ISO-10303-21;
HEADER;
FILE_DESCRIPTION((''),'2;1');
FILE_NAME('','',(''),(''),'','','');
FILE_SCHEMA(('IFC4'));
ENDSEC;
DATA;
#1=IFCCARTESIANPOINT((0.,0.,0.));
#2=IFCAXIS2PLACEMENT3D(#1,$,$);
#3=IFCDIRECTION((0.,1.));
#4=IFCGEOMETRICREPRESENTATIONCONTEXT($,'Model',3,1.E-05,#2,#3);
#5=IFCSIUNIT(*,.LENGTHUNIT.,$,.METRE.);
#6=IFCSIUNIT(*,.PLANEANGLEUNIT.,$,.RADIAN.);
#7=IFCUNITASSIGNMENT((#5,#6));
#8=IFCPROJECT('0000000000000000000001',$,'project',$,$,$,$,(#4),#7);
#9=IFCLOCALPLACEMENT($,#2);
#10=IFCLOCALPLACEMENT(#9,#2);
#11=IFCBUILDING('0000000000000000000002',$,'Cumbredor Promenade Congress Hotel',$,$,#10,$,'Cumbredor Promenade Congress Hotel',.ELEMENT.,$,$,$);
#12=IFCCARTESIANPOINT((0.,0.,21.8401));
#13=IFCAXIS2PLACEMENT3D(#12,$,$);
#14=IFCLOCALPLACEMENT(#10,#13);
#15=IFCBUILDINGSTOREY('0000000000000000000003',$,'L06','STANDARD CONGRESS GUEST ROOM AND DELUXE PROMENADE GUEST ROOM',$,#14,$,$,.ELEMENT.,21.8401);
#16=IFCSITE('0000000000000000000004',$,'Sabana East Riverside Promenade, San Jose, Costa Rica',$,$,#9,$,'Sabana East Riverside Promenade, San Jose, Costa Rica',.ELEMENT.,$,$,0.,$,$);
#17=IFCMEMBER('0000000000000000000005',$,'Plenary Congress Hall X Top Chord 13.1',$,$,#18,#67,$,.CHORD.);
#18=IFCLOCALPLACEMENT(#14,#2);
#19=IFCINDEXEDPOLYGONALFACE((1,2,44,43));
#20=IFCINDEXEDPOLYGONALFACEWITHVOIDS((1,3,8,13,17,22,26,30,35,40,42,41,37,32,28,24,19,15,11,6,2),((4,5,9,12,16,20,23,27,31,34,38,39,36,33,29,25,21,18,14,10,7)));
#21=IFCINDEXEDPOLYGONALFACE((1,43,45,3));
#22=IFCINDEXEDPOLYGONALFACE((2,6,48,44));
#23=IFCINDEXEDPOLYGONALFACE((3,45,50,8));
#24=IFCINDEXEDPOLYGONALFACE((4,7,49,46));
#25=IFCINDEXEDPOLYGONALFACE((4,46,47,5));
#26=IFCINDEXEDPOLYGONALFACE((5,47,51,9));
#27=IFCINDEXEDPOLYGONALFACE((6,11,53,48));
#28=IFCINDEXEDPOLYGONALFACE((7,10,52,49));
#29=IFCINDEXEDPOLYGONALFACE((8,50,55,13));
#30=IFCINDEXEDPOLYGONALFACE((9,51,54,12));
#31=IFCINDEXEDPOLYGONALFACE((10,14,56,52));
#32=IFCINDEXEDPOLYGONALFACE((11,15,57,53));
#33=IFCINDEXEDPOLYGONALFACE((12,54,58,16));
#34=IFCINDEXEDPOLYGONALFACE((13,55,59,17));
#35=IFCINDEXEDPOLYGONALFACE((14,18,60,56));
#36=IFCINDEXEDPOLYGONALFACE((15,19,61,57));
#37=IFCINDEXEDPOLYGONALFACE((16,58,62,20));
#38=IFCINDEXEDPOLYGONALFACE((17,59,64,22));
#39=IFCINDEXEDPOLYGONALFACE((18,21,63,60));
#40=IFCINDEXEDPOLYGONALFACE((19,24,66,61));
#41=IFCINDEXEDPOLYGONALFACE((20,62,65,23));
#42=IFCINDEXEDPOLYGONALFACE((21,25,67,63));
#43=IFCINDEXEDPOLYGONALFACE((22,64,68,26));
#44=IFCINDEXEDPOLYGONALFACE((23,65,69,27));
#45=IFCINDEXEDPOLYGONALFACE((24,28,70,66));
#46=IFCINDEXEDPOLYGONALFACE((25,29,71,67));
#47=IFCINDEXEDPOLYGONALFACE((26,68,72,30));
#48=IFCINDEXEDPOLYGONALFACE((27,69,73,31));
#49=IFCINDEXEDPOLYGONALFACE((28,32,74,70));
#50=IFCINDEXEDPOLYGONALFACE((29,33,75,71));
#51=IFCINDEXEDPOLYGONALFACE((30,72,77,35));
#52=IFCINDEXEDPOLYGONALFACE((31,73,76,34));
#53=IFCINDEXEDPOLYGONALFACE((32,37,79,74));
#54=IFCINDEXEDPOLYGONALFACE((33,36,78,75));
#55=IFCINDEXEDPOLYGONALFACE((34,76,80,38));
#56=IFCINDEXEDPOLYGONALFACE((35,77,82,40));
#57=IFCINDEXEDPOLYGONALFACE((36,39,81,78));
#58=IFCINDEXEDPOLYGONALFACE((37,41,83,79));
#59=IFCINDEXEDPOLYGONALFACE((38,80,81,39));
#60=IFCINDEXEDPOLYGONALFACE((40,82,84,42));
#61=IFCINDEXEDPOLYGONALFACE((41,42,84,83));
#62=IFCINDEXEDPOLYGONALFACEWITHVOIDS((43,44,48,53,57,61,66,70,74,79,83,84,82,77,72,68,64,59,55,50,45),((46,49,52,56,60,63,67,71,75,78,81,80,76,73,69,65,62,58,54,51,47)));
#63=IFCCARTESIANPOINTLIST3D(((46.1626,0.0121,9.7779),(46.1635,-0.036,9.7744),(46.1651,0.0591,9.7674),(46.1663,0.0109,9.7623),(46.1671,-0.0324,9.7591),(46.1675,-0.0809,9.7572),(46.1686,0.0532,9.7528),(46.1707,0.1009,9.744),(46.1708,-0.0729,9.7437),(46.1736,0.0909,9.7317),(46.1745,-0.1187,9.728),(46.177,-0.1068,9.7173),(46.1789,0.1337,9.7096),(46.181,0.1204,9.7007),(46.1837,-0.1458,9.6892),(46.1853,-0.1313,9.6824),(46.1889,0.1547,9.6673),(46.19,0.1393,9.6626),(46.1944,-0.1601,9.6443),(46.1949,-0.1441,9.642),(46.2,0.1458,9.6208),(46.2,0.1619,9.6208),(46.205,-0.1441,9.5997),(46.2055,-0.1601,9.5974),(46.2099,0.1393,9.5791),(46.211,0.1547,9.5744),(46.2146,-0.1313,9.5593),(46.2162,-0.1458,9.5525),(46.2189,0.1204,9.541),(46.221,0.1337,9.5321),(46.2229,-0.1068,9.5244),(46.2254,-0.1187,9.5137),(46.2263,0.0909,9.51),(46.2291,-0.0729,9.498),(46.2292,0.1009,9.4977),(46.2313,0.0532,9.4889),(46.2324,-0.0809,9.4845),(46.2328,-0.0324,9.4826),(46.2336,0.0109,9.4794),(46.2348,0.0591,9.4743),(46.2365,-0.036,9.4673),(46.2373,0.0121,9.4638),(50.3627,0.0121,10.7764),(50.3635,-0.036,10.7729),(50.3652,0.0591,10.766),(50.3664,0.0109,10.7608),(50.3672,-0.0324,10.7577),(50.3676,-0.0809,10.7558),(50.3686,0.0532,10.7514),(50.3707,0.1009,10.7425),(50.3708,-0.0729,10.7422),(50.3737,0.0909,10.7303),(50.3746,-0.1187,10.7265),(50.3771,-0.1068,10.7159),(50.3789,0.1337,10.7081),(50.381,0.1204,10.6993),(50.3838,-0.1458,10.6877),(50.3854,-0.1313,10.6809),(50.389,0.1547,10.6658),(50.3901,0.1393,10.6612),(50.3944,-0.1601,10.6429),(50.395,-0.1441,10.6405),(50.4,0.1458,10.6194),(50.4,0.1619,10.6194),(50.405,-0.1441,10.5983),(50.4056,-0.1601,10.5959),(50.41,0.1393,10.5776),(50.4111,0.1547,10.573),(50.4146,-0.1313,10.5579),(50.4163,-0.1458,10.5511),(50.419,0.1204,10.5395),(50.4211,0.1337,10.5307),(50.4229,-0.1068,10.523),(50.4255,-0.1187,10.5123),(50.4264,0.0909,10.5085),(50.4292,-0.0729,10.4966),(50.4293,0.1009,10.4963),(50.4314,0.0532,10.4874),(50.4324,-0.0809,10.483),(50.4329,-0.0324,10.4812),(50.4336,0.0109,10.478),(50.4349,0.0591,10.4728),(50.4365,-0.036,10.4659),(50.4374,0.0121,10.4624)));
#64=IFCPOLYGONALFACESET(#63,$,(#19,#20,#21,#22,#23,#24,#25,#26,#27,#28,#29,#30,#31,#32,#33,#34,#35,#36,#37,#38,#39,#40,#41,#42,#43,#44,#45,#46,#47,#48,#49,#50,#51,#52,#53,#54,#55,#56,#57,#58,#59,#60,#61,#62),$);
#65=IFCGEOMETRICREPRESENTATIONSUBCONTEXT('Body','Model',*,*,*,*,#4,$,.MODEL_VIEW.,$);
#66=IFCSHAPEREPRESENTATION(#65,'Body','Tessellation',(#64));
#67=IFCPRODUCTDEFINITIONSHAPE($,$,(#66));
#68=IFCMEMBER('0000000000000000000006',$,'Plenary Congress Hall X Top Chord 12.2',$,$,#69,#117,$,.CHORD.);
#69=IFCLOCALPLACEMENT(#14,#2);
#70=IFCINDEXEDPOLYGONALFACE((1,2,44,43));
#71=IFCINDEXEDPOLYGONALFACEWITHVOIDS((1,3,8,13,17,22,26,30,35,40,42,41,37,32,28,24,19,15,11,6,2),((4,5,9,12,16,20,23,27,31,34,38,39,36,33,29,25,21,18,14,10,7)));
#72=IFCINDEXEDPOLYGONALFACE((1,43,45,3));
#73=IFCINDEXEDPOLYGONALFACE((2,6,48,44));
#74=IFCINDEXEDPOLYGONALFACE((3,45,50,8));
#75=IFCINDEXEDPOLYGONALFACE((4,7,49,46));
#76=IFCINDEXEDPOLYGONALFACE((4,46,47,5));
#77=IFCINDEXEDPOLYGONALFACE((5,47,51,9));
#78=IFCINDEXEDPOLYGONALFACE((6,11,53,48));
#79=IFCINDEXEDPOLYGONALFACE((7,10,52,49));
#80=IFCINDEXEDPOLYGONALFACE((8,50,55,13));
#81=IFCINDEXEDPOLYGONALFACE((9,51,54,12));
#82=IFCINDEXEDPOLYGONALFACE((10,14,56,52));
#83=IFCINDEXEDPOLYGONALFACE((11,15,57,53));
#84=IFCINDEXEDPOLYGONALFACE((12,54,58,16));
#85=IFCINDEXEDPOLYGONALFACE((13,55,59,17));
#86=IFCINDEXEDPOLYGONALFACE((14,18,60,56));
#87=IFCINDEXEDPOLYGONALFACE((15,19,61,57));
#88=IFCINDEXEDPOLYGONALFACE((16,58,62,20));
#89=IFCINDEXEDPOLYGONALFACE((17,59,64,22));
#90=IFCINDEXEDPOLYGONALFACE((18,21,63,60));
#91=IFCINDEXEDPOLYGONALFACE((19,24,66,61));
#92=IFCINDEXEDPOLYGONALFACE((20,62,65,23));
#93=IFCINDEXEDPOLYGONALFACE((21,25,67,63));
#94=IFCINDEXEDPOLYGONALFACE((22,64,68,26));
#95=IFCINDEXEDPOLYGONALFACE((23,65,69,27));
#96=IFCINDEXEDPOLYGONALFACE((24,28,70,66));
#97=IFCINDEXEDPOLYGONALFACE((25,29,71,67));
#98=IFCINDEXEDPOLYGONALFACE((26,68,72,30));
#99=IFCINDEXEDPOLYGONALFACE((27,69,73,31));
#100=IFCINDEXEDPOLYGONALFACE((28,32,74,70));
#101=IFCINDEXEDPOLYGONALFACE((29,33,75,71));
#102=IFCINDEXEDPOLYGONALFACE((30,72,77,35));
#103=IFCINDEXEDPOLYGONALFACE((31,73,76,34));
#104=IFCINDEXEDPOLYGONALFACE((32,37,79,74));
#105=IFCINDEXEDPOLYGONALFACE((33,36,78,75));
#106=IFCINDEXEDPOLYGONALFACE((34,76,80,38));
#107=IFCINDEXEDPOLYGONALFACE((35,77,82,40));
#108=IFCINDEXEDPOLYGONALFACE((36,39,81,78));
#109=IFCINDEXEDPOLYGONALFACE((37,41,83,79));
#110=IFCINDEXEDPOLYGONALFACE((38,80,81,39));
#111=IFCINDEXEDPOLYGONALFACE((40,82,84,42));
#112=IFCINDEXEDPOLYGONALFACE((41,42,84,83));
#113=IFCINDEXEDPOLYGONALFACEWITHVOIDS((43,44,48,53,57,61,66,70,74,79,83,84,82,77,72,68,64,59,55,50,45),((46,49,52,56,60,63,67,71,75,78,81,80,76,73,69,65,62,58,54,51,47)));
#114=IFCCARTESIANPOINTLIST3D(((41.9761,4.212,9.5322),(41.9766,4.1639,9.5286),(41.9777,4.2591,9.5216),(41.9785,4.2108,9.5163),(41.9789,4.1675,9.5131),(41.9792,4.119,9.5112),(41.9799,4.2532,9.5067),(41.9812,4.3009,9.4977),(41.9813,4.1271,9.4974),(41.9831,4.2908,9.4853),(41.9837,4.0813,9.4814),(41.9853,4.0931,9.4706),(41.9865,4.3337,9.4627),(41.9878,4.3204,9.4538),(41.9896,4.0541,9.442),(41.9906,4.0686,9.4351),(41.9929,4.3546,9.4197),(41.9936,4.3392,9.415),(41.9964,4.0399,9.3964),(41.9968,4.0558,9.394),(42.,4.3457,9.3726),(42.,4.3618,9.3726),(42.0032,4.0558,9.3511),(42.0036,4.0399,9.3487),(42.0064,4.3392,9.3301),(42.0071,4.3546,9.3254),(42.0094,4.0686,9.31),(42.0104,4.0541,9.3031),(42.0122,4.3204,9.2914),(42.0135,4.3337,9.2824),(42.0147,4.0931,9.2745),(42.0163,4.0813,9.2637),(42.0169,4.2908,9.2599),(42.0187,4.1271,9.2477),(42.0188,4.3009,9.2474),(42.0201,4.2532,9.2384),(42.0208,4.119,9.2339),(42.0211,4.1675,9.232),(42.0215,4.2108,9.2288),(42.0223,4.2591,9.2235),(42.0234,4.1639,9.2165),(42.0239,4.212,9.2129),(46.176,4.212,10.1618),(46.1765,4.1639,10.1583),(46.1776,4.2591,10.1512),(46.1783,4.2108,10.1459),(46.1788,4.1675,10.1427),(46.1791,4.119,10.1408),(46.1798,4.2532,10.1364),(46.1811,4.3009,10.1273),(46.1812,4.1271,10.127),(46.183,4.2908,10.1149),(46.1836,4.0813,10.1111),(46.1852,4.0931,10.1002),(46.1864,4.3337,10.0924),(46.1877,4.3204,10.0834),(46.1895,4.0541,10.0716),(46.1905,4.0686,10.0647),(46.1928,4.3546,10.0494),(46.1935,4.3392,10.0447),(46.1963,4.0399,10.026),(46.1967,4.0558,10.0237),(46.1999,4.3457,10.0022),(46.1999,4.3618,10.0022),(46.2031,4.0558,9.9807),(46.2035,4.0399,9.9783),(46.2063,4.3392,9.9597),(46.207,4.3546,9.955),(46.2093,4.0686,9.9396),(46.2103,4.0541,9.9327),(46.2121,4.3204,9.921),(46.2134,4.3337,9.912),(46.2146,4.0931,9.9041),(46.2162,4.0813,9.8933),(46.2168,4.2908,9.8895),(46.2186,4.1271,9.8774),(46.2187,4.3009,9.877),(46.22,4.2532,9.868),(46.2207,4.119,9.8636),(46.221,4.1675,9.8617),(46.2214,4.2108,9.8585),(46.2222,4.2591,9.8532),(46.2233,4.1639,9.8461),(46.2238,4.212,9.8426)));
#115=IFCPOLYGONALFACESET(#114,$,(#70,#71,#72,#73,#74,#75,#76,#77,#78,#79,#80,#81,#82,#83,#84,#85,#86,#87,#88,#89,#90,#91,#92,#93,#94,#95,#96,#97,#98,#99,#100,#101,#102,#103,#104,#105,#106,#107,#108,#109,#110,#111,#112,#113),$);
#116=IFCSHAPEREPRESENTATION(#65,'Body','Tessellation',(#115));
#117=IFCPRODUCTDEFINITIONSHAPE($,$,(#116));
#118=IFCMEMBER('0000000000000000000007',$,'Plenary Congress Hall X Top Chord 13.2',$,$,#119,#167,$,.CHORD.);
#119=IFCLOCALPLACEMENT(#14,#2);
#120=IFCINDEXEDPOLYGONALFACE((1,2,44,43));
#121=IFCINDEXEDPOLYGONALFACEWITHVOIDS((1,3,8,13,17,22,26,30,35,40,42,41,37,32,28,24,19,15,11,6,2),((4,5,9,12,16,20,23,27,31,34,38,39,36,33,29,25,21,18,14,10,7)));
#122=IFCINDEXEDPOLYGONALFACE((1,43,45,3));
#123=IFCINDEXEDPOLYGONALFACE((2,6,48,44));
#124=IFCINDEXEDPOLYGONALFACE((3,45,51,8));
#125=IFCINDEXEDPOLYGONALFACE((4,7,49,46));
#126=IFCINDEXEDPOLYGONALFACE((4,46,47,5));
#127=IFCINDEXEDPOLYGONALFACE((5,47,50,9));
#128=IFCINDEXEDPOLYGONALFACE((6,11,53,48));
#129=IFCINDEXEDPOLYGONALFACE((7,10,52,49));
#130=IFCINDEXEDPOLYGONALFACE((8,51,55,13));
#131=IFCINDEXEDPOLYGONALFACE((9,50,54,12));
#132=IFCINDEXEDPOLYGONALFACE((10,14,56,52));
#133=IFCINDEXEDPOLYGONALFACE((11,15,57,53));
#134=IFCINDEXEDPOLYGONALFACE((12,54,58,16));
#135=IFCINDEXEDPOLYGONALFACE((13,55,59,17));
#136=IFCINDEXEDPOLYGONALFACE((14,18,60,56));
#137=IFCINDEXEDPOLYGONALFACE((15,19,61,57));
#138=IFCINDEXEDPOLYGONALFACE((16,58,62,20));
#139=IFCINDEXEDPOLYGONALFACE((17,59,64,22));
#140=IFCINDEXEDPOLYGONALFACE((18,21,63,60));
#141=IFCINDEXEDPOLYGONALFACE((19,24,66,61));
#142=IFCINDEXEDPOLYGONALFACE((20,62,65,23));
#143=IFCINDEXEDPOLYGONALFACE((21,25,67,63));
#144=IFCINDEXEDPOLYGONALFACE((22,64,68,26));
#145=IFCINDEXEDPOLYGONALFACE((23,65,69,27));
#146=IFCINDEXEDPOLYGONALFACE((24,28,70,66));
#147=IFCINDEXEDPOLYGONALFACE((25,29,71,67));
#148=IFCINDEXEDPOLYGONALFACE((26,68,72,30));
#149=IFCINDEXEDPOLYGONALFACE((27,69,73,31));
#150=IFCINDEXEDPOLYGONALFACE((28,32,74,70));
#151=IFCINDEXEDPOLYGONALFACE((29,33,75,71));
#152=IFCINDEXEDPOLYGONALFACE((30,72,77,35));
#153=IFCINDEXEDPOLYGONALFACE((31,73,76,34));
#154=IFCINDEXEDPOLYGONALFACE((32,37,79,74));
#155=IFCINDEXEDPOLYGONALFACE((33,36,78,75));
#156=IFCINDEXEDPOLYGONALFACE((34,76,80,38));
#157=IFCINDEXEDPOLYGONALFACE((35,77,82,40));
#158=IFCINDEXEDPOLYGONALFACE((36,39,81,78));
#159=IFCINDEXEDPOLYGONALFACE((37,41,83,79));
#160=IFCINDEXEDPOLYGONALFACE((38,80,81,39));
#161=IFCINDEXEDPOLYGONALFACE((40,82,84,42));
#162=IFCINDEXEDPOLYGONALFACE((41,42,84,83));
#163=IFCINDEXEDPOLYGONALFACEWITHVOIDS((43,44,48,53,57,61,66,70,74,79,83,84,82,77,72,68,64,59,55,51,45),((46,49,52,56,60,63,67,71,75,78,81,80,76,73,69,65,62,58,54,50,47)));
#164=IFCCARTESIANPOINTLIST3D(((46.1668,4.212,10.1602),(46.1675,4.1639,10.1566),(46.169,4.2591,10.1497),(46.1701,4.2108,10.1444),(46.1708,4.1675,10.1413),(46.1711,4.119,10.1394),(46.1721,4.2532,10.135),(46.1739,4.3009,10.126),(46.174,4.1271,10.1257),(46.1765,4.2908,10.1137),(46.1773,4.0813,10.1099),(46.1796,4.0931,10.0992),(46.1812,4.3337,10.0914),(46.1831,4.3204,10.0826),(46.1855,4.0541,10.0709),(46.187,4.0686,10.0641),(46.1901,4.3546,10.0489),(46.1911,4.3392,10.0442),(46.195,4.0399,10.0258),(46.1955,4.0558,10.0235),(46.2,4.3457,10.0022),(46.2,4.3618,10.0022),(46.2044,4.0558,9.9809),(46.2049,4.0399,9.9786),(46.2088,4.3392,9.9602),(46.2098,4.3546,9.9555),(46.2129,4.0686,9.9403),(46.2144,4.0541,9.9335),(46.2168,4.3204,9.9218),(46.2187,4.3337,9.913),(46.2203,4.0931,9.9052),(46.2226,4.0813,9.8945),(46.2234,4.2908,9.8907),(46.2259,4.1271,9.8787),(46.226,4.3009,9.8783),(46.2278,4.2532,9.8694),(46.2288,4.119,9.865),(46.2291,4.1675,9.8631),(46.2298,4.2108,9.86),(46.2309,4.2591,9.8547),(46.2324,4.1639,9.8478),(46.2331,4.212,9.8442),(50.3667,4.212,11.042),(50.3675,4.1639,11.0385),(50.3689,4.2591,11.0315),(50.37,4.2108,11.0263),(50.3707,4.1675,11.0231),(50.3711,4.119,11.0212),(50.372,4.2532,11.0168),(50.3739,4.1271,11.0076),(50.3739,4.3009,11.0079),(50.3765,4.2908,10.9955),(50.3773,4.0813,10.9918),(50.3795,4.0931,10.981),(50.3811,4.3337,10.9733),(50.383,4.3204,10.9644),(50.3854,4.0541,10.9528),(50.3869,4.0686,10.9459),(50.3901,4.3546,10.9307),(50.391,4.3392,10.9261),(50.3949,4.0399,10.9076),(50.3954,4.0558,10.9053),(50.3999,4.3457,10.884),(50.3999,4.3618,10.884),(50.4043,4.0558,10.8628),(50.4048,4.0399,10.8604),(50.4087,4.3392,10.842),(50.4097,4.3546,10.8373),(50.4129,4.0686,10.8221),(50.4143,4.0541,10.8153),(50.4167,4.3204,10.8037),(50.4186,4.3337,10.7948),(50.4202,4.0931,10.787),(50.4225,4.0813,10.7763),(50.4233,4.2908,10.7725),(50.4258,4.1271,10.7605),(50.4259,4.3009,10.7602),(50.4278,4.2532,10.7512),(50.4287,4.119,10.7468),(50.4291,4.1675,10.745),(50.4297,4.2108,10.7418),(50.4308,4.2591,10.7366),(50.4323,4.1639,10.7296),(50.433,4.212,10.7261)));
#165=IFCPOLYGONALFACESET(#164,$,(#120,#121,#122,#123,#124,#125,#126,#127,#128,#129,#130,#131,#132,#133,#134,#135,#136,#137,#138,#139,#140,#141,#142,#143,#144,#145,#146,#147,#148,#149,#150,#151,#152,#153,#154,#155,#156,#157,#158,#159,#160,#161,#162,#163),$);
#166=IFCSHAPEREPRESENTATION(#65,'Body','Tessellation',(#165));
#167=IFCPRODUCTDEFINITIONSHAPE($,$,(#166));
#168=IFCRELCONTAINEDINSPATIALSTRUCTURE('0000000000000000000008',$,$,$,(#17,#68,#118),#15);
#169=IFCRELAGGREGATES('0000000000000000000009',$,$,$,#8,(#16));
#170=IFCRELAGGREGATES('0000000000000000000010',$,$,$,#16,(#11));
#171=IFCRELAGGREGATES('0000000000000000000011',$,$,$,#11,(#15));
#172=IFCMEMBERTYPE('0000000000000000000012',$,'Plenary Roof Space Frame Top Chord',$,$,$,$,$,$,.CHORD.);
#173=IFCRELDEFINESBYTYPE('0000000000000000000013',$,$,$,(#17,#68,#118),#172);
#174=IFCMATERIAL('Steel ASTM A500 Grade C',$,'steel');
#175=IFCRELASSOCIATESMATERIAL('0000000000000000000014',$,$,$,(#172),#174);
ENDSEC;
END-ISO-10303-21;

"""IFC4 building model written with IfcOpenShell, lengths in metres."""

from ifc_helpers import new_model, si_unit, direction, frame, origin, origin_2d, place, context, subcontext, project, spatial, hollow_circle, extrude, material, material_profile, profile_set, type_object, element, save


model = new_model("IFC4")

# Units and contexts
model_context = context("Model", 3, precision=1e-05, world=origin(), true_north=direction((0.0, 1.0)))
body_context = subcontext(model_context, "Body", "Model", "MODEL_VIEW")
ifc_project = project(units=[si_unit("LENGTHUNIT", "METRE"), si_unit("PLANEANGLEUNIT", "RADIAN")], contexts=[model_context])

# Site, building, storey
site_placement = place(None, origin())
site = spatial("IfcSite", under=ifc_project, at=site_placement, Name="Sabana East Riverside Promenade, San Jose, Costa Rica", LongName="Sabana East Riverside Promenade, San Jose, Costa Rica", CompositionType="ELEMENT", RefElevation=0.0)
building_placement = place(site_placement, origin())
building = spatial("IfcBuilding", under=site, at=building_placement, Name="Cumbredor Promenade Congress Hotel", LongName="Cumbredor Promenade Congress Hotel", CompositionType="ELEMENT")
storey_placement = place(building_placement, frame((0.0, 0.0, 21.8401)))
storey = spatial("IfcBuildingStorey", under=building, at=storey_placement, Name="L06", Description="STANDARD CONGRESS GUEST ROOM AND DELUXE PROMENADE GUEST ROOM", CompositionType="ELEMENT", Elevation=21.8401)

# Members
ifc_material_1 = material(Name="Steel ASTM A500 Grade C", Category="steel")
ifc_material_profile_1 = material_profile(ifc_material_1, hollow_circle(Radius=0.1619, WallThickness=0.0161, at=origin_2d()), Name="CHS 323.9x16")
ifc_profile_set_1 = profile_set([ifc_material_profile_1], Name="Steel ASTM A500 Grade C")
member_type_1 = type_object("IfcMemberType", Name="Plenary Roof Space Frame Top Chord", PredefinedType="CHORD", material=ifc_profile_set_1)
member_1_placement = place(storey_placement, frame((46.2, 0.0, 9.6208), z_axis=(0.972882, 0.0, 0.231302), x_axis=(0.0, 1.0, 0.0)))
element("IfcMember", 1, at=member_1_placement, inside=storey, type_object=member_type_1, Name="Plenary Congress Hall X Top Chord 13.1", PredefinedType="CHORD", context=body_context, shape_type="SweptSolid", body=[
    extrude(hollow_circle(Radius=0.1619, WallThickness=0.0161, at=origin_2d()), origin(), (0.0, 0.0, 1.0), 4.3171),
])
member_2_placement = place(storey_placement, frame((42.0, 4.2, 9.3726), z_axis=(0.988949, 0.0, 0.148259), x_axis=(0.0, 1.0, 0.0)))
element("IfcMember", 2, at=member_2_placement, inside=storey, type_object=member_type_1, Name="Plenary Congress Hall X Top Chord 12.2", PredefinedType="CHORD", context=body_context, shape_type="SweptSolid", body=[
    extrude(hollow_circle(Radius=0.1619, WallThickness=0.0161, at=origin_2d()), origin(), (0.0, 0.0, 1.0), 4.2468),
])
member_3_placement = place(storey_placement, frame((46.2, 4.2, 10.0022), z_axis=(0.978661, 0.0, 0.205483), x_axis=(0.0, 1.0, 0.0)))
element("IfcMember", 3, at=member_3_placement, inside=storey, type_object=member_type_1, Name="Plenary Congress Hall X Top Chord 13.2", PredefinedType="CHORD", context=body_context, shape_type="SweptSolid", body=[
    extrude(hollow_circle(Radius=0.1619, WallThickness=0.0161, at=origin_2d()), origin(), (0.0, 0.0, 1.0), 4.2915),
])

save(model, "model.ifc")
